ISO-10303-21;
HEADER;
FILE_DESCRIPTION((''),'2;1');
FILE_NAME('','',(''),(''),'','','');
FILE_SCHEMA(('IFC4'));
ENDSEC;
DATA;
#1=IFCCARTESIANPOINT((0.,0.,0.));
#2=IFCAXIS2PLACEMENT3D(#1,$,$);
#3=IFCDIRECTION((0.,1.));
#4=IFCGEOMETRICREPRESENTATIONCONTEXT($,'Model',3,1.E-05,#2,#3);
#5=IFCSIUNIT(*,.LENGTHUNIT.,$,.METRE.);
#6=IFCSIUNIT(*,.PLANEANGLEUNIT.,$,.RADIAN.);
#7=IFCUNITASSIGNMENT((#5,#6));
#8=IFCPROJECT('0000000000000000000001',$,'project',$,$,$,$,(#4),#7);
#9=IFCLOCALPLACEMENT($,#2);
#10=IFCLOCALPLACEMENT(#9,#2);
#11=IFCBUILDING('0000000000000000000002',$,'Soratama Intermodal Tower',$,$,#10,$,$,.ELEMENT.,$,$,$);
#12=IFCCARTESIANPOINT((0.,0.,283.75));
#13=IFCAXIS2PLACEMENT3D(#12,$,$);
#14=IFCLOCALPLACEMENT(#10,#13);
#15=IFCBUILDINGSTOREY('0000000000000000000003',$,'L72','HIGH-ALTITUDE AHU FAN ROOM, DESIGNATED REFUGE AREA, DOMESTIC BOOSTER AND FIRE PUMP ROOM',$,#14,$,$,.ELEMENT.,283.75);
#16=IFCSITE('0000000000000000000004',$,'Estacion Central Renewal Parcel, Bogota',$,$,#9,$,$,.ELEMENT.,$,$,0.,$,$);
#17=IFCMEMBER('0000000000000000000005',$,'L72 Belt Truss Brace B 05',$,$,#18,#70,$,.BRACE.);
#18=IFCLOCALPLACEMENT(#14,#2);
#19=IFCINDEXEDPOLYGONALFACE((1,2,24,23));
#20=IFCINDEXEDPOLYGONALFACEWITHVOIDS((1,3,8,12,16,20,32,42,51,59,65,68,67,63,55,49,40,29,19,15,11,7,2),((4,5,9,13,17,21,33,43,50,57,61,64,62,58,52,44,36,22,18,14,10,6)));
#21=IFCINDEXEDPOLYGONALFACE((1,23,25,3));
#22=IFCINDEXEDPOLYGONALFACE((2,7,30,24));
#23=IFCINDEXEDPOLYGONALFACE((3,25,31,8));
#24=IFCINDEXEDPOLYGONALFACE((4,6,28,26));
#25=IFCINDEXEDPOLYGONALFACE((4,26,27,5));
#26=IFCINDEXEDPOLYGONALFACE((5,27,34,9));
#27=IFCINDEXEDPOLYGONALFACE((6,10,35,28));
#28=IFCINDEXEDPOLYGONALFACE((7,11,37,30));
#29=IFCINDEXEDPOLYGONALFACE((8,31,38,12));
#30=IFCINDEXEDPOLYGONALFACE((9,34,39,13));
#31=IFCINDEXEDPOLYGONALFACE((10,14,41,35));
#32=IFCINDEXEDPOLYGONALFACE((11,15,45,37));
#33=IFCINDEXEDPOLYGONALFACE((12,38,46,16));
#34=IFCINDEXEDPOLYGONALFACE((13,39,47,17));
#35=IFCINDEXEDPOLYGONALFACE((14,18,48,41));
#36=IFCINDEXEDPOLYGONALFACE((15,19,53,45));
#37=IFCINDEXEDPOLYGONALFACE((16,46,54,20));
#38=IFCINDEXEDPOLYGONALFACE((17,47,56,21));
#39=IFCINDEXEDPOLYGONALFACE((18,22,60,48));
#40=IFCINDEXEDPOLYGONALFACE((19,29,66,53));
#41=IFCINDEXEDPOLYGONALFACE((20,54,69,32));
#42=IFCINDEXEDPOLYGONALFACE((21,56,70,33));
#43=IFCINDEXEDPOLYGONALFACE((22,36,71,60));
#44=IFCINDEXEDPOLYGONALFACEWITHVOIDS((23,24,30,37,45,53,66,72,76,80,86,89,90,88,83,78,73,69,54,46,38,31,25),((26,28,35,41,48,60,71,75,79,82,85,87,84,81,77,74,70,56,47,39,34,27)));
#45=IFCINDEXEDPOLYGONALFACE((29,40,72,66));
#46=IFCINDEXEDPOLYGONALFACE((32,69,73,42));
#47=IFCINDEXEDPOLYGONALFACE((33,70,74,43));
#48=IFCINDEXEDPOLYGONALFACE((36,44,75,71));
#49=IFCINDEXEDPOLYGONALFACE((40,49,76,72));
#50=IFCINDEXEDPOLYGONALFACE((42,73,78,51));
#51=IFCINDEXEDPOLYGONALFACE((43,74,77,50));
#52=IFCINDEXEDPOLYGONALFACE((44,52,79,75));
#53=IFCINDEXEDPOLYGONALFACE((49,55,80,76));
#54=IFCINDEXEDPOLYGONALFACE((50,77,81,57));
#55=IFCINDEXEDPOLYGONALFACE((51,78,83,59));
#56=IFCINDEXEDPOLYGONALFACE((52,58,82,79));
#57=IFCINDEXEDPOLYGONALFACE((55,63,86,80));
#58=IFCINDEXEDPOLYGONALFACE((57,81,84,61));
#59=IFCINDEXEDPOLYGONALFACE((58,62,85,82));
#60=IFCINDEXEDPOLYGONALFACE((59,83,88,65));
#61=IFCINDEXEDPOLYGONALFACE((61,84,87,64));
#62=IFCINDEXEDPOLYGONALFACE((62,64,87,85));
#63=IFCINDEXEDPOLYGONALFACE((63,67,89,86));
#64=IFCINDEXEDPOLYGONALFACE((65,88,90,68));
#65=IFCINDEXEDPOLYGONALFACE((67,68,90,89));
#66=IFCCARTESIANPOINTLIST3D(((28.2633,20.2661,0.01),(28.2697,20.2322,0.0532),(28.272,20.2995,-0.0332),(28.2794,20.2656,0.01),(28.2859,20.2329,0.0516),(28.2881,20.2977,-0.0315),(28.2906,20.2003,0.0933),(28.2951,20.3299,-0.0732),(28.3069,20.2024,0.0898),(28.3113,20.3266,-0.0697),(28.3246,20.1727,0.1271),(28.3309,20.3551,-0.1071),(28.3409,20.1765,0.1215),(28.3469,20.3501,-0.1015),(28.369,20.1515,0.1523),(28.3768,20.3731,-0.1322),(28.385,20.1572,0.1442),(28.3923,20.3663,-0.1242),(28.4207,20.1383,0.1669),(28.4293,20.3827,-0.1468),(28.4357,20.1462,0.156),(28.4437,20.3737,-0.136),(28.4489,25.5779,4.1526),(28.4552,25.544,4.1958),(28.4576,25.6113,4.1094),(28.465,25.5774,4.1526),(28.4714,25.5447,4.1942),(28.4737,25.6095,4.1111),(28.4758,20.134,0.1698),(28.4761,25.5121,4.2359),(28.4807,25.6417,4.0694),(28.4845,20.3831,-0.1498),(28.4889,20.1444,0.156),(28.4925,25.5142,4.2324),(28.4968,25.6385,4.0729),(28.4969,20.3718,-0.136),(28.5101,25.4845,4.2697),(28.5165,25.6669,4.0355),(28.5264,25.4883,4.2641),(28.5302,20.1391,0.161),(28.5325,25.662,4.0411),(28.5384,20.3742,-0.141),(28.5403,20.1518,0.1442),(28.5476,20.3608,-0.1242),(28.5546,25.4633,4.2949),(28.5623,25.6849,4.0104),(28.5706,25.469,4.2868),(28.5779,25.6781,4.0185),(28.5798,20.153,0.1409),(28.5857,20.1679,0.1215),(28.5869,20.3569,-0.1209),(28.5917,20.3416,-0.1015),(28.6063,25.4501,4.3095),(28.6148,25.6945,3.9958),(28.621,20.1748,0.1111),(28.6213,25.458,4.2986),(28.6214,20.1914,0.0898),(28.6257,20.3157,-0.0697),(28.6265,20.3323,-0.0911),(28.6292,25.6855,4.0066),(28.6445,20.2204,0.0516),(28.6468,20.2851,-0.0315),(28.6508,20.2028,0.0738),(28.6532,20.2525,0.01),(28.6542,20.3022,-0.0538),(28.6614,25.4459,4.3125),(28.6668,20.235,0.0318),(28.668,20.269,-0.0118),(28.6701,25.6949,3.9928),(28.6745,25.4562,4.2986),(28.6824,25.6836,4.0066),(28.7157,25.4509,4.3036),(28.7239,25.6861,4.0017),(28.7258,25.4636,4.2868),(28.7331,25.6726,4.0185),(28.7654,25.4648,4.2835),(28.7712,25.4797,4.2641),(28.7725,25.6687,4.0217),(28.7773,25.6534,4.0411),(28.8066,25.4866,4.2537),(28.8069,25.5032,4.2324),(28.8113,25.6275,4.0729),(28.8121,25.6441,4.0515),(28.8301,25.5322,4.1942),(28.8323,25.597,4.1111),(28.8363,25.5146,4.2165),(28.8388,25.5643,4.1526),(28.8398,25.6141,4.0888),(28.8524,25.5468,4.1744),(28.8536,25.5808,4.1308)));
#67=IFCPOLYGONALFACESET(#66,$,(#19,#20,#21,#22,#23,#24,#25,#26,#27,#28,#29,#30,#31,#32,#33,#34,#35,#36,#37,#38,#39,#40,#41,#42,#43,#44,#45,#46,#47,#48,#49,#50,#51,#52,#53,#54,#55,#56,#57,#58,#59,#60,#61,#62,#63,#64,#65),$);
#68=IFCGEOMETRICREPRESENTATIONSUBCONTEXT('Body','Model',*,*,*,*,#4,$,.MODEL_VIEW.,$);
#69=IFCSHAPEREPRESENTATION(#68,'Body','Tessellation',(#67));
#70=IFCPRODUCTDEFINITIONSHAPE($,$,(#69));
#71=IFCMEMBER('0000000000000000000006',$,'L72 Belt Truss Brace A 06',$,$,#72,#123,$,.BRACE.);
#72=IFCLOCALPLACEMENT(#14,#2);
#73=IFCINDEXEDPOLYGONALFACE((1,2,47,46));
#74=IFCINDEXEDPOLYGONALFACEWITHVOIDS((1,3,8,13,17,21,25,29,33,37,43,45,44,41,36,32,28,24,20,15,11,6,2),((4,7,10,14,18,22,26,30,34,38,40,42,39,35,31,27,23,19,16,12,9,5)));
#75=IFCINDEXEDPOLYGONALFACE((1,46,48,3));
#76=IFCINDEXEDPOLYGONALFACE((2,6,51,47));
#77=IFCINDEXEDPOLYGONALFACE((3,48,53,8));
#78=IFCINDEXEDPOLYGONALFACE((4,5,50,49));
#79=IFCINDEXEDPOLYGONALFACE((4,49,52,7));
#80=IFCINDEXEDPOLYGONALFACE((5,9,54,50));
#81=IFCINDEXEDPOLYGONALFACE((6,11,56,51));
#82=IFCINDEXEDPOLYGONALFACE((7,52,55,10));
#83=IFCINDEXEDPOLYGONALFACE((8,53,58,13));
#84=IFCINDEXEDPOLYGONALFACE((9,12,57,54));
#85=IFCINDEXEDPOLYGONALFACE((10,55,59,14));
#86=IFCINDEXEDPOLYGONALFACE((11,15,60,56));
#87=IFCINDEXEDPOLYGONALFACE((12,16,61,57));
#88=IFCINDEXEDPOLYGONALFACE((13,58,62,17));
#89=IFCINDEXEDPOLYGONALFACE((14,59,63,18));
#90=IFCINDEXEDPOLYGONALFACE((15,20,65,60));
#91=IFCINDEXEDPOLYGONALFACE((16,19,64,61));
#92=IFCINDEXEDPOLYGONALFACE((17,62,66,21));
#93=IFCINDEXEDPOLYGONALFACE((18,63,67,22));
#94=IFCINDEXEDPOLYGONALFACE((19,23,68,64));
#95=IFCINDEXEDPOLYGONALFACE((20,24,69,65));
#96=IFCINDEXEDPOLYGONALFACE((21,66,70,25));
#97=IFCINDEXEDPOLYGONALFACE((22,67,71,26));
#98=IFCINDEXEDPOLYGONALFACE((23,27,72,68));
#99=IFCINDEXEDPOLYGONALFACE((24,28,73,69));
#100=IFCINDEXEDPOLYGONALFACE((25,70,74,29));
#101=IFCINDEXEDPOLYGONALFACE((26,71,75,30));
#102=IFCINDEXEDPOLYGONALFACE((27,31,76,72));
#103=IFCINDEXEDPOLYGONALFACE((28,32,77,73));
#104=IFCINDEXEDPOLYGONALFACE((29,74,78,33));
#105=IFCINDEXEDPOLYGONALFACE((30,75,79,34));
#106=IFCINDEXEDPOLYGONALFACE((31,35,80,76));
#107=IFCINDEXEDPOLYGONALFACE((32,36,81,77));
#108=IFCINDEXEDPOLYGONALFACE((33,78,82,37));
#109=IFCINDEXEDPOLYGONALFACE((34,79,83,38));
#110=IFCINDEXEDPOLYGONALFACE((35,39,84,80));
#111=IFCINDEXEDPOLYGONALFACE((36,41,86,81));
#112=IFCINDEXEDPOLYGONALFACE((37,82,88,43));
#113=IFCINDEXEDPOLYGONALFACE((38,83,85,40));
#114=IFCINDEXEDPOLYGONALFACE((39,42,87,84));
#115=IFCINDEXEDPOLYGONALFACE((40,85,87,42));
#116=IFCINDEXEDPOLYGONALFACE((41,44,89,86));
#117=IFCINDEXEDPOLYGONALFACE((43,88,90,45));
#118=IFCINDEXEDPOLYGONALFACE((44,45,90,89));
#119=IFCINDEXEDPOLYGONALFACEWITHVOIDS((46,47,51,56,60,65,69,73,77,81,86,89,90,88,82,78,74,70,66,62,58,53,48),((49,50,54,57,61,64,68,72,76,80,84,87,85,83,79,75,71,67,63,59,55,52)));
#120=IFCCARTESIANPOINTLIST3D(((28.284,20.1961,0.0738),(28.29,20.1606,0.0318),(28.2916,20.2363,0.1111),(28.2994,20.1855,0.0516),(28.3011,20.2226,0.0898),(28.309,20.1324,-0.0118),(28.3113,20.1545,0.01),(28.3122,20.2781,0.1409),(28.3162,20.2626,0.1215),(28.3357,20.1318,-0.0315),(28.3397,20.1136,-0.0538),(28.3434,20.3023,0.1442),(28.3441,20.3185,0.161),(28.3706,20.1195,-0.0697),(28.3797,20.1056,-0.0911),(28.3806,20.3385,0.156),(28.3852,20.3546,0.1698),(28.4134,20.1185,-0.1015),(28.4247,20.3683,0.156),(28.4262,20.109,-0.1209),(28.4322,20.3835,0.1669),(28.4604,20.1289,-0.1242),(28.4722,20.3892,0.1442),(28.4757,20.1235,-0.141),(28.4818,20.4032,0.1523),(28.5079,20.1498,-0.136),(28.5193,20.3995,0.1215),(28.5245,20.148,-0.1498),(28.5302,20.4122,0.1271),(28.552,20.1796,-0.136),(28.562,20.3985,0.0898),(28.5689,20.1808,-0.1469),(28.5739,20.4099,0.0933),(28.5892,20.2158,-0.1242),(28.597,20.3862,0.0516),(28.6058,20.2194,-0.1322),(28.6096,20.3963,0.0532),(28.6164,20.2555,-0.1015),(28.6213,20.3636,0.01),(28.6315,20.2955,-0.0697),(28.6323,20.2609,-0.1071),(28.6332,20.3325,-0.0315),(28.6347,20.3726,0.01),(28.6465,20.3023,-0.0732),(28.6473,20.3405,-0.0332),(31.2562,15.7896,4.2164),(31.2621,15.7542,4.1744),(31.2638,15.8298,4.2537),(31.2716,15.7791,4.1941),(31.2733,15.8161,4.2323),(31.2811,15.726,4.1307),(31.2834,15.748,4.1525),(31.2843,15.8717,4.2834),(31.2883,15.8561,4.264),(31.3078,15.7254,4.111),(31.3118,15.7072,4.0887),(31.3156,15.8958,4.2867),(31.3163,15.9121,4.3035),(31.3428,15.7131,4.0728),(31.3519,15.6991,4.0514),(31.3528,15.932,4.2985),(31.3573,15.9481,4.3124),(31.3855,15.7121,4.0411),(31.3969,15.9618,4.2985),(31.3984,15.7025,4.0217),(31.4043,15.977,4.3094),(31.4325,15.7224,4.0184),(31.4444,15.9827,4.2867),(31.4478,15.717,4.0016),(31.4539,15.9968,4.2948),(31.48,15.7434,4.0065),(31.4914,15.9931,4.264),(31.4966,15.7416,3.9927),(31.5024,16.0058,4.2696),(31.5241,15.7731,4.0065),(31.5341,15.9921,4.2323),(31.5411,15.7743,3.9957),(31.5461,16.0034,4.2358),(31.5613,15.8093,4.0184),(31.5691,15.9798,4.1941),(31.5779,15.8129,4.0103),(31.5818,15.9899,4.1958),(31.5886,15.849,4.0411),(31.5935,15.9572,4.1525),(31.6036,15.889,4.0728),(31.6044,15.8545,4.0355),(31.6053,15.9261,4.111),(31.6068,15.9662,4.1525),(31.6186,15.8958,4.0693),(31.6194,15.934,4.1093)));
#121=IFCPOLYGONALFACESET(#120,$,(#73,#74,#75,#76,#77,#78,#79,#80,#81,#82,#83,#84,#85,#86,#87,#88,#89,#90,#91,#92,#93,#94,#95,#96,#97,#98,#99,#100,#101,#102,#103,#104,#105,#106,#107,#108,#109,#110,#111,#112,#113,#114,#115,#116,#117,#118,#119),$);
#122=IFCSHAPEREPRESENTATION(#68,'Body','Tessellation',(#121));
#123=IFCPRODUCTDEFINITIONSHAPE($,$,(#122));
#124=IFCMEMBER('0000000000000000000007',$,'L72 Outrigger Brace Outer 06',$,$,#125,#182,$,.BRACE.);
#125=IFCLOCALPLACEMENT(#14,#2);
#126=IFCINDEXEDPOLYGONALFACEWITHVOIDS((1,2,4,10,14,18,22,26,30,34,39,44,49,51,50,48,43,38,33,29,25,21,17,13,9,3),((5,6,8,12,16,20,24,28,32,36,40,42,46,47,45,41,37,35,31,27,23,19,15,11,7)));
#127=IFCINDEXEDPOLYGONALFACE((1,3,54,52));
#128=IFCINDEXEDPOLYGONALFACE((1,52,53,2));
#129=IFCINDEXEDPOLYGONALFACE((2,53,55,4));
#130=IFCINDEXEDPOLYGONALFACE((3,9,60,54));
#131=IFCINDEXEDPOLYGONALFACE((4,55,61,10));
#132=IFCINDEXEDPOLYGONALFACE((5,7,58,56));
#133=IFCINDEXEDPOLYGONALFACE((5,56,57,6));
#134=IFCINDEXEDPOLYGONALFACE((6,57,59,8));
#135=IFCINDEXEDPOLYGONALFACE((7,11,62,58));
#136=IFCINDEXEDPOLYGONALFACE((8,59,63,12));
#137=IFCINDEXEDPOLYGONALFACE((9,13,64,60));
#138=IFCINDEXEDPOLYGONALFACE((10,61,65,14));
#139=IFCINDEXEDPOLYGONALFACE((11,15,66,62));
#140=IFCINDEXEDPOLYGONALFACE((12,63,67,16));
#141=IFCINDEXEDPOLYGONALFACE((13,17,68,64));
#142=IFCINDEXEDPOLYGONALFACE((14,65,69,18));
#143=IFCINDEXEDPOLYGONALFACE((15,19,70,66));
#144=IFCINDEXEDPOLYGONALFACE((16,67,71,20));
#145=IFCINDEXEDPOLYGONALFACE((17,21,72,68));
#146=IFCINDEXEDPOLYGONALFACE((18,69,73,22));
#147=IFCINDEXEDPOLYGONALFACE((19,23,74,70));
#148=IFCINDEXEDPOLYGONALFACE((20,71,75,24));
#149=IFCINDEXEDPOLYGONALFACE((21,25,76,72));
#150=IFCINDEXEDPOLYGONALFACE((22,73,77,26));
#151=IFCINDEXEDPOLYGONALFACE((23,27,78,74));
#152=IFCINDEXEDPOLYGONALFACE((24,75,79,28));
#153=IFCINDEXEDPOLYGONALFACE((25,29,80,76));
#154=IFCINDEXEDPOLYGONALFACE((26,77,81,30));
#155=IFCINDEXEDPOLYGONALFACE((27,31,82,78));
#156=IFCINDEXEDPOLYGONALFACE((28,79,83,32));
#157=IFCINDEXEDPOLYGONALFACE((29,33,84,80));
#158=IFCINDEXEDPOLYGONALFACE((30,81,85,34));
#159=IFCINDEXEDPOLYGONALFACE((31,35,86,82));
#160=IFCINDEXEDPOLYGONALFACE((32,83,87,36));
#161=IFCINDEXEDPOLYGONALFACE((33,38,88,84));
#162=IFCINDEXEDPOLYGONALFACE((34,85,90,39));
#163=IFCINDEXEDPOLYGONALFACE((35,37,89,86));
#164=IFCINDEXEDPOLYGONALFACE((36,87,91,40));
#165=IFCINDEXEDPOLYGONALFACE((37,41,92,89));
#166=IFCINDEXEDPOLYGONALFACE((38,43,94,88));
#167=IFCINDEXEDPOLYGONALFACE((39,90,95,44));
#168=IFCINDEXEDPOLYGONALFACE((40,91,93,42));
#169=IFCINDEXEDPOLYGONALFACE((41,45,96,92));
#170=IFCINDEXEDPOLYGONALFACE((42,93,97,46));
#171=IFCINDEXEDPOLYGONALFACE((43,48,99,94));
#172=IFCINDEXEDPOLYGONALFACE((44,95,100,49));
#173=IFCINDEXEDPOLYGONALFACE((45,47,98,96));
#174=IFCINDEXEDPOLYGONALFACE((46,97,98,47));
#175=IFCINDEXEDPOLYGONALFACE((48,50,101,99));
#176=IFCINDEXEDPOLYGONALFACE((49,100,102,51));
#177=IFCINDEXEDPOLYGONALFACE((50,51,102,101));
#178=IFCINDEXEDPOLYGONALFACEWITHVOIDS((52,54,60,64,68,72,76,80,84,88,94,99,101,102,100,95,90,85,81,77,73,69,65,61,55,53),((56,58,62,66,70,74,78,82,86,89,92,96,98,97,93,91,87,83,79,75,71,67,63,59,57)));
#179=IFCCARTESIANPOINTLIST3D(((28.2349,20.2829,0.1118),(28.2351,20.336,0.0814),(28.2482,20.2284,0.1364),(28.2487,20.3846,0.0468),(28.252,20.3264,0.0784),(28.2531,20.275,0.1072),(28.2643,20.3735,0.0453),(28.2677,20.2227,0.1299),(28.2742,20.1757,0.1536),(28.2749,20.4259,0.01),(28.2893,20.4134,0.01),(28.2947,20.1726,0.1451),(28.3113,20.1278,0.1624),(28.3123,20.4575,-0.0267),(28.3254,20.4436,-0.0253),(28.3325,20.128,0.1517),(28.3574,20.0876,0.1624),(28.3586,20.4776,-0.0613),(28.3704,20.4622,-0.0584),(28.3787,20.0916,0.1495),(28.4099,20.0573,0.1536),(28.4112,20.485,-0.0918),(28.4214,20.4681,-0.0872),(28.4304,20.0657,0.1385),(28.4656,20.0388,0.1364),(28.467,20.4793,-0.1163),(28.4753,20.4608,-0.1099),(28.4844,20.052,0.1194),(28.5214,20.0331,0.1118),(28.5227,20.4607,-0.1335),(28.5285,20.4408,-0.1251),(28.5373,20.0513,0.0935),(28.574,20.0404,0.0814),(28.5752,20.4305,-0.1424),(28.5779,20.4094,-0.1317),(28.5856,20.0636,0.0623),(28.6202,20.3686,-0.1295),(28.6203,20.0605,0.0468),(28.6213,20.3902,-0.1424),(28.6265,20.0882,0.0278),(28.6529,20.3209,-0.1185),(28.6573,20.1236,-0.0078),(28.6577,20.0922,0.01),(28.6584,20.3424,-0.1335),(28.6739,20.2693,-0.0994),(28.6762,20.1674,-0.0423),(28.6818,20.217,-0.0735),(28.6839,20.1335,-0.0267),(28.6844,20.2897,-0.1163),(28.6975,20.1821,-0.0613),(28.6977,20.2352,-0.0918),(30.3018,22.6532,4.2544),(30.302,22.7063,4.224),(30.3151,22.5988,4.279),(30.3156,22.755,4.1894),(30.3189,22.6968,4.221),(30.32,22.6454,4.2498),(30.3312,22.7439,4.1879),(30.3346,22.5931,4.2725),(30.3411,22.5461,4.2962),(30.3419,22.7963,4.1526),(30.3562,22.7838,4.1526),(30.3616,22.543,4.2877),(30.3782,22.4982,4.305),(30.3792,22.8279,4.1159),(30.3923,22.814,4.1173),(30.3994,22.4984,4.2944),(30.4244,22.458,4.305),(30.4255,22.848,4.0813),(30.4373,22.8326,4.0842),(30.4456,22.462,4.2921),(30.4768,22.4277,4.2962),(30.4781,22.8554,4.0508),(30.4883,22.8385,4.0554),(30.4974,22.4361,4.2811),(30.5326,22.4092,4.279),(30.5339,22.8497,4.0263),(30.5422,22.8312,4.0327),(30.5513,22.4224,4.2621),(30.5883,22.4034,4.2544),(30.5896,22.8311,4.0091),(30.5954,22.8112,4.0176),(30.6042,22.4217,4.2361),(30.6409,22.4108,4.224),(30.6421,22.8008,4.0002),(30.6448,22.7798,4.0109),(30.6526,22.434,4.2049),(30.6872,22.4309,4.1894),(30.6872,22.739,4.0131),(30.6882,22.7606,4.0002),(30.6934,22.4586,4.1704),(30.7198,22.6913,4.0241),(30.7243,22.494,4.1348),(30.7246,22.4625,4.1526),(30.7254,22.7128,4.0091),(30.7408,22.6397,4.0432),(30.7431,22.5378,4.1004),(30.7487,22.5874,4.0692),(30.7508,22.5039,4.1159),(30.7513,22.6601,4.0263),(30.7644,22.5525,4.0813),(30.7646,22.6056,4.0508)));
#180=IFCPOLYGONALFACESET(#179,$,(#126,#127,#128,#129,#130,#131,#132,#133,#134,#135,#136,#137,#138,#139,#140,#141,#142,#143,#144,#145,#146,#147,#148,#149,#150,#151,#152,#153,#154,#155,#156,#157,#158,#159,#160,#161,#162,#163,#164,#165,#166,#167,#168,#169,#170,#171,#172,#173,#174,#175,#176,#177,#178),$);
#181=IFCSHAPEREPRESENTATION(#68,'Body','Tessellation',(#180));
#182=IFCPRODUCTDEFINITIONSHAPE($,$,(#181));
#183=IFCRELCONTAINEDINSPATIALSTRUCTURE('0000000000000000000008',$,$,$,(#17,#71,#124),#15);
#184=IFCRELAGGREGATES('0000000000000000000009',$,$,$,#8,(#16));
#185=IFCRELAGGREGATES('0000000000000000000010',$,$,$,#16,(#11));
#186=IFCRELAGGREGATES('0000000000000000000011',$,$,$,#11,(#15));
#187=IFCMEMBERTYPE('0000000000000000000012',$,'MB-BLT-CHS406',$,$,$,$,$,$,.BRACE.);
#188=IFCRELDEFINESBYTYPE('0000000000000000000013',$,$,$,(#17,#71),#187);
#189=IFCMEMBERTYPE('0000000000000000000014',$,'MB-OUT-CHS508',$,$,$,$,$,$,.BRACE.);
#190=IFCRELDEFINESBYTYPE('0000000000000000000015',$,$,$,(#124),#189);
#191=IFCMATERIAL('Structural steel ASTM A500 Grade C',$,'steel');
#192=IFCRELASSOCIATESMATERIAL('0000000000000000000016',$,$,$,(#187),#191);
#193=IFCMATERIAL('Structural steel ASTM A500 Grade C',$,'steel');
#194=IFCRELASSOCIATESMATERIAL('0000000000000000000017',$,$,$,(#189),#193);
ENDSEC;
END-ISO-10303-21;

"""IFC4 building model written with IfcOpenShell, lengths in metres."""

from ifc_helpers import new_model, si_unit, direction, frame, origin, origin_2d, place, context, subcontext, project, spatial, hollow_circle, extrude, material, material_profile, profile_set, type_object, element, save


model = new_model("IFC4")

# Units and contexts
model_context = context("Model", 3, precision=1e-05, world=origin(), true_north=direction((0.0, 1.0)))
body_context = subcontext(model_context, "Body", "Model", "MODEL_VIEW")
ifc_project = project(units=[si_unit("LENGTHUNIT", "METRE"), si_unit("PLANEANGLEUNIT", "RADIAN")], contexts=[model_context])

# Site, building, storey
site_placement = place(None, origin())
site = spatial("IfcSite", under=ifc_project, at=site_placement, Name="Estacion Central Renewal Parcel, Bogota", CompositionType="ELEMENT", RefElevation=0.0)
building_placement = place(site_placement, origin())
building = spatial("IfcBuilding", under=site, at=building_placement, Name="Soratama Intermodal Tower", CompositionType="ELEMENT")
storey_placement = place(building_placement, frame((0.0, 0.0, 283.75)))
storey = spatial("IfcBuildingStorey", under=building, at=storey_placement, Name="L72", Description="HIGH-ALTITUDE AHU FAN ROOM, DESIGNATED REFUGE AREA, DOMESTIC BOOSTER AND FIRE PUMP ROOM", CompositionType="ELEMENT", Elevation=283.75)

# Members
ifc_material_1 = material(Name="Structural steel ASTM A500 Grade C", Category="steel")
ifc_material_profile_1 = material_profile(ifc_material_1, hollow_circle(Radius=0.2031, WallThickness=0.0161, at=origin_2d()), Name="CHS406X16")
ifc_profile_set_1 = profile_set([ifc_material_profile_1], Name="Structural steel ASTM A500 Grade C")
member_type_1 = type_object("IfcMemberType", Name="MB-BLT-CHS406", PredefinedType="BRACE", material=ifc_profile_set_1)
for number, where, z_axis, x_axis, name in (
    (1, (28.4663, 20.259, 0.01), (0.027534, 0.788247, 0.614743), (-0.99939, 0.03491, 0.0), "L72 Belt Truss Brace B 05"),
    (2, (28.4663, 20.259, 0.01), (0.441051, -0.653895, 0.614732), (0.829042, 0.559186, 0.0), "L72 Belt Truss Brace A 06"),
):
    element("IfcMember", number, at=place(storey_placement, frame(where, z_axis=z_axis, x_axis=x_axis)), inside=storey, type_object=member_type_1, Name=name, PredefinedType="BRACE", context=body_context, shape_type="SweptSolid", body=[
        extrude(hollow_circle(Radius=0.2031, WallThickness=0.0161, at=origin_2d()), origin(), (0.0, 0.0, 1.0), 6.7388),
    ])
ifc_material_2 = material(Name="Structural steel ASTM A500 Grade C", Category="steel")
ifc_material_profile_2 = material_profile(ifc_material_2, hollow_circle(Radius=0.2539, WallThickness=0.019, at=origin_2d()), Name="CHS508X19")
ifc_profile_set_2 = profile_set([ifc_material_profile_2], Name="Structural steel ASTM A500 Grade C")
member_type_2 = type_object("IfcMemberType", Name="MB-OUT-CHS508", PredefinedType="BRACE", material=ifc_profile_set_2)
member_1_placement = place(storey_placement, frame((28.4663, 20.259, 0.01), z_axis=(0.397394, 0.455741, 0.796479), x_axis=(-0.753706, 0.657212, 0.0)))
element("IfcMember", 3, at=member_1_placement, inside=storey, type_object=member_type_2, Name="L72 Outrigger Brace Outer 06", PredefinedType="BRACE", context=body_context, shape_type="SweptSolid", body=[
    extrude(hollow_circle(Radius=0.2539, WallThickness=0.019, at=origin_2d()), origin(), (0.0, 0.0, 1.0), 5.2012),
])

save(model, "model.ifc")
